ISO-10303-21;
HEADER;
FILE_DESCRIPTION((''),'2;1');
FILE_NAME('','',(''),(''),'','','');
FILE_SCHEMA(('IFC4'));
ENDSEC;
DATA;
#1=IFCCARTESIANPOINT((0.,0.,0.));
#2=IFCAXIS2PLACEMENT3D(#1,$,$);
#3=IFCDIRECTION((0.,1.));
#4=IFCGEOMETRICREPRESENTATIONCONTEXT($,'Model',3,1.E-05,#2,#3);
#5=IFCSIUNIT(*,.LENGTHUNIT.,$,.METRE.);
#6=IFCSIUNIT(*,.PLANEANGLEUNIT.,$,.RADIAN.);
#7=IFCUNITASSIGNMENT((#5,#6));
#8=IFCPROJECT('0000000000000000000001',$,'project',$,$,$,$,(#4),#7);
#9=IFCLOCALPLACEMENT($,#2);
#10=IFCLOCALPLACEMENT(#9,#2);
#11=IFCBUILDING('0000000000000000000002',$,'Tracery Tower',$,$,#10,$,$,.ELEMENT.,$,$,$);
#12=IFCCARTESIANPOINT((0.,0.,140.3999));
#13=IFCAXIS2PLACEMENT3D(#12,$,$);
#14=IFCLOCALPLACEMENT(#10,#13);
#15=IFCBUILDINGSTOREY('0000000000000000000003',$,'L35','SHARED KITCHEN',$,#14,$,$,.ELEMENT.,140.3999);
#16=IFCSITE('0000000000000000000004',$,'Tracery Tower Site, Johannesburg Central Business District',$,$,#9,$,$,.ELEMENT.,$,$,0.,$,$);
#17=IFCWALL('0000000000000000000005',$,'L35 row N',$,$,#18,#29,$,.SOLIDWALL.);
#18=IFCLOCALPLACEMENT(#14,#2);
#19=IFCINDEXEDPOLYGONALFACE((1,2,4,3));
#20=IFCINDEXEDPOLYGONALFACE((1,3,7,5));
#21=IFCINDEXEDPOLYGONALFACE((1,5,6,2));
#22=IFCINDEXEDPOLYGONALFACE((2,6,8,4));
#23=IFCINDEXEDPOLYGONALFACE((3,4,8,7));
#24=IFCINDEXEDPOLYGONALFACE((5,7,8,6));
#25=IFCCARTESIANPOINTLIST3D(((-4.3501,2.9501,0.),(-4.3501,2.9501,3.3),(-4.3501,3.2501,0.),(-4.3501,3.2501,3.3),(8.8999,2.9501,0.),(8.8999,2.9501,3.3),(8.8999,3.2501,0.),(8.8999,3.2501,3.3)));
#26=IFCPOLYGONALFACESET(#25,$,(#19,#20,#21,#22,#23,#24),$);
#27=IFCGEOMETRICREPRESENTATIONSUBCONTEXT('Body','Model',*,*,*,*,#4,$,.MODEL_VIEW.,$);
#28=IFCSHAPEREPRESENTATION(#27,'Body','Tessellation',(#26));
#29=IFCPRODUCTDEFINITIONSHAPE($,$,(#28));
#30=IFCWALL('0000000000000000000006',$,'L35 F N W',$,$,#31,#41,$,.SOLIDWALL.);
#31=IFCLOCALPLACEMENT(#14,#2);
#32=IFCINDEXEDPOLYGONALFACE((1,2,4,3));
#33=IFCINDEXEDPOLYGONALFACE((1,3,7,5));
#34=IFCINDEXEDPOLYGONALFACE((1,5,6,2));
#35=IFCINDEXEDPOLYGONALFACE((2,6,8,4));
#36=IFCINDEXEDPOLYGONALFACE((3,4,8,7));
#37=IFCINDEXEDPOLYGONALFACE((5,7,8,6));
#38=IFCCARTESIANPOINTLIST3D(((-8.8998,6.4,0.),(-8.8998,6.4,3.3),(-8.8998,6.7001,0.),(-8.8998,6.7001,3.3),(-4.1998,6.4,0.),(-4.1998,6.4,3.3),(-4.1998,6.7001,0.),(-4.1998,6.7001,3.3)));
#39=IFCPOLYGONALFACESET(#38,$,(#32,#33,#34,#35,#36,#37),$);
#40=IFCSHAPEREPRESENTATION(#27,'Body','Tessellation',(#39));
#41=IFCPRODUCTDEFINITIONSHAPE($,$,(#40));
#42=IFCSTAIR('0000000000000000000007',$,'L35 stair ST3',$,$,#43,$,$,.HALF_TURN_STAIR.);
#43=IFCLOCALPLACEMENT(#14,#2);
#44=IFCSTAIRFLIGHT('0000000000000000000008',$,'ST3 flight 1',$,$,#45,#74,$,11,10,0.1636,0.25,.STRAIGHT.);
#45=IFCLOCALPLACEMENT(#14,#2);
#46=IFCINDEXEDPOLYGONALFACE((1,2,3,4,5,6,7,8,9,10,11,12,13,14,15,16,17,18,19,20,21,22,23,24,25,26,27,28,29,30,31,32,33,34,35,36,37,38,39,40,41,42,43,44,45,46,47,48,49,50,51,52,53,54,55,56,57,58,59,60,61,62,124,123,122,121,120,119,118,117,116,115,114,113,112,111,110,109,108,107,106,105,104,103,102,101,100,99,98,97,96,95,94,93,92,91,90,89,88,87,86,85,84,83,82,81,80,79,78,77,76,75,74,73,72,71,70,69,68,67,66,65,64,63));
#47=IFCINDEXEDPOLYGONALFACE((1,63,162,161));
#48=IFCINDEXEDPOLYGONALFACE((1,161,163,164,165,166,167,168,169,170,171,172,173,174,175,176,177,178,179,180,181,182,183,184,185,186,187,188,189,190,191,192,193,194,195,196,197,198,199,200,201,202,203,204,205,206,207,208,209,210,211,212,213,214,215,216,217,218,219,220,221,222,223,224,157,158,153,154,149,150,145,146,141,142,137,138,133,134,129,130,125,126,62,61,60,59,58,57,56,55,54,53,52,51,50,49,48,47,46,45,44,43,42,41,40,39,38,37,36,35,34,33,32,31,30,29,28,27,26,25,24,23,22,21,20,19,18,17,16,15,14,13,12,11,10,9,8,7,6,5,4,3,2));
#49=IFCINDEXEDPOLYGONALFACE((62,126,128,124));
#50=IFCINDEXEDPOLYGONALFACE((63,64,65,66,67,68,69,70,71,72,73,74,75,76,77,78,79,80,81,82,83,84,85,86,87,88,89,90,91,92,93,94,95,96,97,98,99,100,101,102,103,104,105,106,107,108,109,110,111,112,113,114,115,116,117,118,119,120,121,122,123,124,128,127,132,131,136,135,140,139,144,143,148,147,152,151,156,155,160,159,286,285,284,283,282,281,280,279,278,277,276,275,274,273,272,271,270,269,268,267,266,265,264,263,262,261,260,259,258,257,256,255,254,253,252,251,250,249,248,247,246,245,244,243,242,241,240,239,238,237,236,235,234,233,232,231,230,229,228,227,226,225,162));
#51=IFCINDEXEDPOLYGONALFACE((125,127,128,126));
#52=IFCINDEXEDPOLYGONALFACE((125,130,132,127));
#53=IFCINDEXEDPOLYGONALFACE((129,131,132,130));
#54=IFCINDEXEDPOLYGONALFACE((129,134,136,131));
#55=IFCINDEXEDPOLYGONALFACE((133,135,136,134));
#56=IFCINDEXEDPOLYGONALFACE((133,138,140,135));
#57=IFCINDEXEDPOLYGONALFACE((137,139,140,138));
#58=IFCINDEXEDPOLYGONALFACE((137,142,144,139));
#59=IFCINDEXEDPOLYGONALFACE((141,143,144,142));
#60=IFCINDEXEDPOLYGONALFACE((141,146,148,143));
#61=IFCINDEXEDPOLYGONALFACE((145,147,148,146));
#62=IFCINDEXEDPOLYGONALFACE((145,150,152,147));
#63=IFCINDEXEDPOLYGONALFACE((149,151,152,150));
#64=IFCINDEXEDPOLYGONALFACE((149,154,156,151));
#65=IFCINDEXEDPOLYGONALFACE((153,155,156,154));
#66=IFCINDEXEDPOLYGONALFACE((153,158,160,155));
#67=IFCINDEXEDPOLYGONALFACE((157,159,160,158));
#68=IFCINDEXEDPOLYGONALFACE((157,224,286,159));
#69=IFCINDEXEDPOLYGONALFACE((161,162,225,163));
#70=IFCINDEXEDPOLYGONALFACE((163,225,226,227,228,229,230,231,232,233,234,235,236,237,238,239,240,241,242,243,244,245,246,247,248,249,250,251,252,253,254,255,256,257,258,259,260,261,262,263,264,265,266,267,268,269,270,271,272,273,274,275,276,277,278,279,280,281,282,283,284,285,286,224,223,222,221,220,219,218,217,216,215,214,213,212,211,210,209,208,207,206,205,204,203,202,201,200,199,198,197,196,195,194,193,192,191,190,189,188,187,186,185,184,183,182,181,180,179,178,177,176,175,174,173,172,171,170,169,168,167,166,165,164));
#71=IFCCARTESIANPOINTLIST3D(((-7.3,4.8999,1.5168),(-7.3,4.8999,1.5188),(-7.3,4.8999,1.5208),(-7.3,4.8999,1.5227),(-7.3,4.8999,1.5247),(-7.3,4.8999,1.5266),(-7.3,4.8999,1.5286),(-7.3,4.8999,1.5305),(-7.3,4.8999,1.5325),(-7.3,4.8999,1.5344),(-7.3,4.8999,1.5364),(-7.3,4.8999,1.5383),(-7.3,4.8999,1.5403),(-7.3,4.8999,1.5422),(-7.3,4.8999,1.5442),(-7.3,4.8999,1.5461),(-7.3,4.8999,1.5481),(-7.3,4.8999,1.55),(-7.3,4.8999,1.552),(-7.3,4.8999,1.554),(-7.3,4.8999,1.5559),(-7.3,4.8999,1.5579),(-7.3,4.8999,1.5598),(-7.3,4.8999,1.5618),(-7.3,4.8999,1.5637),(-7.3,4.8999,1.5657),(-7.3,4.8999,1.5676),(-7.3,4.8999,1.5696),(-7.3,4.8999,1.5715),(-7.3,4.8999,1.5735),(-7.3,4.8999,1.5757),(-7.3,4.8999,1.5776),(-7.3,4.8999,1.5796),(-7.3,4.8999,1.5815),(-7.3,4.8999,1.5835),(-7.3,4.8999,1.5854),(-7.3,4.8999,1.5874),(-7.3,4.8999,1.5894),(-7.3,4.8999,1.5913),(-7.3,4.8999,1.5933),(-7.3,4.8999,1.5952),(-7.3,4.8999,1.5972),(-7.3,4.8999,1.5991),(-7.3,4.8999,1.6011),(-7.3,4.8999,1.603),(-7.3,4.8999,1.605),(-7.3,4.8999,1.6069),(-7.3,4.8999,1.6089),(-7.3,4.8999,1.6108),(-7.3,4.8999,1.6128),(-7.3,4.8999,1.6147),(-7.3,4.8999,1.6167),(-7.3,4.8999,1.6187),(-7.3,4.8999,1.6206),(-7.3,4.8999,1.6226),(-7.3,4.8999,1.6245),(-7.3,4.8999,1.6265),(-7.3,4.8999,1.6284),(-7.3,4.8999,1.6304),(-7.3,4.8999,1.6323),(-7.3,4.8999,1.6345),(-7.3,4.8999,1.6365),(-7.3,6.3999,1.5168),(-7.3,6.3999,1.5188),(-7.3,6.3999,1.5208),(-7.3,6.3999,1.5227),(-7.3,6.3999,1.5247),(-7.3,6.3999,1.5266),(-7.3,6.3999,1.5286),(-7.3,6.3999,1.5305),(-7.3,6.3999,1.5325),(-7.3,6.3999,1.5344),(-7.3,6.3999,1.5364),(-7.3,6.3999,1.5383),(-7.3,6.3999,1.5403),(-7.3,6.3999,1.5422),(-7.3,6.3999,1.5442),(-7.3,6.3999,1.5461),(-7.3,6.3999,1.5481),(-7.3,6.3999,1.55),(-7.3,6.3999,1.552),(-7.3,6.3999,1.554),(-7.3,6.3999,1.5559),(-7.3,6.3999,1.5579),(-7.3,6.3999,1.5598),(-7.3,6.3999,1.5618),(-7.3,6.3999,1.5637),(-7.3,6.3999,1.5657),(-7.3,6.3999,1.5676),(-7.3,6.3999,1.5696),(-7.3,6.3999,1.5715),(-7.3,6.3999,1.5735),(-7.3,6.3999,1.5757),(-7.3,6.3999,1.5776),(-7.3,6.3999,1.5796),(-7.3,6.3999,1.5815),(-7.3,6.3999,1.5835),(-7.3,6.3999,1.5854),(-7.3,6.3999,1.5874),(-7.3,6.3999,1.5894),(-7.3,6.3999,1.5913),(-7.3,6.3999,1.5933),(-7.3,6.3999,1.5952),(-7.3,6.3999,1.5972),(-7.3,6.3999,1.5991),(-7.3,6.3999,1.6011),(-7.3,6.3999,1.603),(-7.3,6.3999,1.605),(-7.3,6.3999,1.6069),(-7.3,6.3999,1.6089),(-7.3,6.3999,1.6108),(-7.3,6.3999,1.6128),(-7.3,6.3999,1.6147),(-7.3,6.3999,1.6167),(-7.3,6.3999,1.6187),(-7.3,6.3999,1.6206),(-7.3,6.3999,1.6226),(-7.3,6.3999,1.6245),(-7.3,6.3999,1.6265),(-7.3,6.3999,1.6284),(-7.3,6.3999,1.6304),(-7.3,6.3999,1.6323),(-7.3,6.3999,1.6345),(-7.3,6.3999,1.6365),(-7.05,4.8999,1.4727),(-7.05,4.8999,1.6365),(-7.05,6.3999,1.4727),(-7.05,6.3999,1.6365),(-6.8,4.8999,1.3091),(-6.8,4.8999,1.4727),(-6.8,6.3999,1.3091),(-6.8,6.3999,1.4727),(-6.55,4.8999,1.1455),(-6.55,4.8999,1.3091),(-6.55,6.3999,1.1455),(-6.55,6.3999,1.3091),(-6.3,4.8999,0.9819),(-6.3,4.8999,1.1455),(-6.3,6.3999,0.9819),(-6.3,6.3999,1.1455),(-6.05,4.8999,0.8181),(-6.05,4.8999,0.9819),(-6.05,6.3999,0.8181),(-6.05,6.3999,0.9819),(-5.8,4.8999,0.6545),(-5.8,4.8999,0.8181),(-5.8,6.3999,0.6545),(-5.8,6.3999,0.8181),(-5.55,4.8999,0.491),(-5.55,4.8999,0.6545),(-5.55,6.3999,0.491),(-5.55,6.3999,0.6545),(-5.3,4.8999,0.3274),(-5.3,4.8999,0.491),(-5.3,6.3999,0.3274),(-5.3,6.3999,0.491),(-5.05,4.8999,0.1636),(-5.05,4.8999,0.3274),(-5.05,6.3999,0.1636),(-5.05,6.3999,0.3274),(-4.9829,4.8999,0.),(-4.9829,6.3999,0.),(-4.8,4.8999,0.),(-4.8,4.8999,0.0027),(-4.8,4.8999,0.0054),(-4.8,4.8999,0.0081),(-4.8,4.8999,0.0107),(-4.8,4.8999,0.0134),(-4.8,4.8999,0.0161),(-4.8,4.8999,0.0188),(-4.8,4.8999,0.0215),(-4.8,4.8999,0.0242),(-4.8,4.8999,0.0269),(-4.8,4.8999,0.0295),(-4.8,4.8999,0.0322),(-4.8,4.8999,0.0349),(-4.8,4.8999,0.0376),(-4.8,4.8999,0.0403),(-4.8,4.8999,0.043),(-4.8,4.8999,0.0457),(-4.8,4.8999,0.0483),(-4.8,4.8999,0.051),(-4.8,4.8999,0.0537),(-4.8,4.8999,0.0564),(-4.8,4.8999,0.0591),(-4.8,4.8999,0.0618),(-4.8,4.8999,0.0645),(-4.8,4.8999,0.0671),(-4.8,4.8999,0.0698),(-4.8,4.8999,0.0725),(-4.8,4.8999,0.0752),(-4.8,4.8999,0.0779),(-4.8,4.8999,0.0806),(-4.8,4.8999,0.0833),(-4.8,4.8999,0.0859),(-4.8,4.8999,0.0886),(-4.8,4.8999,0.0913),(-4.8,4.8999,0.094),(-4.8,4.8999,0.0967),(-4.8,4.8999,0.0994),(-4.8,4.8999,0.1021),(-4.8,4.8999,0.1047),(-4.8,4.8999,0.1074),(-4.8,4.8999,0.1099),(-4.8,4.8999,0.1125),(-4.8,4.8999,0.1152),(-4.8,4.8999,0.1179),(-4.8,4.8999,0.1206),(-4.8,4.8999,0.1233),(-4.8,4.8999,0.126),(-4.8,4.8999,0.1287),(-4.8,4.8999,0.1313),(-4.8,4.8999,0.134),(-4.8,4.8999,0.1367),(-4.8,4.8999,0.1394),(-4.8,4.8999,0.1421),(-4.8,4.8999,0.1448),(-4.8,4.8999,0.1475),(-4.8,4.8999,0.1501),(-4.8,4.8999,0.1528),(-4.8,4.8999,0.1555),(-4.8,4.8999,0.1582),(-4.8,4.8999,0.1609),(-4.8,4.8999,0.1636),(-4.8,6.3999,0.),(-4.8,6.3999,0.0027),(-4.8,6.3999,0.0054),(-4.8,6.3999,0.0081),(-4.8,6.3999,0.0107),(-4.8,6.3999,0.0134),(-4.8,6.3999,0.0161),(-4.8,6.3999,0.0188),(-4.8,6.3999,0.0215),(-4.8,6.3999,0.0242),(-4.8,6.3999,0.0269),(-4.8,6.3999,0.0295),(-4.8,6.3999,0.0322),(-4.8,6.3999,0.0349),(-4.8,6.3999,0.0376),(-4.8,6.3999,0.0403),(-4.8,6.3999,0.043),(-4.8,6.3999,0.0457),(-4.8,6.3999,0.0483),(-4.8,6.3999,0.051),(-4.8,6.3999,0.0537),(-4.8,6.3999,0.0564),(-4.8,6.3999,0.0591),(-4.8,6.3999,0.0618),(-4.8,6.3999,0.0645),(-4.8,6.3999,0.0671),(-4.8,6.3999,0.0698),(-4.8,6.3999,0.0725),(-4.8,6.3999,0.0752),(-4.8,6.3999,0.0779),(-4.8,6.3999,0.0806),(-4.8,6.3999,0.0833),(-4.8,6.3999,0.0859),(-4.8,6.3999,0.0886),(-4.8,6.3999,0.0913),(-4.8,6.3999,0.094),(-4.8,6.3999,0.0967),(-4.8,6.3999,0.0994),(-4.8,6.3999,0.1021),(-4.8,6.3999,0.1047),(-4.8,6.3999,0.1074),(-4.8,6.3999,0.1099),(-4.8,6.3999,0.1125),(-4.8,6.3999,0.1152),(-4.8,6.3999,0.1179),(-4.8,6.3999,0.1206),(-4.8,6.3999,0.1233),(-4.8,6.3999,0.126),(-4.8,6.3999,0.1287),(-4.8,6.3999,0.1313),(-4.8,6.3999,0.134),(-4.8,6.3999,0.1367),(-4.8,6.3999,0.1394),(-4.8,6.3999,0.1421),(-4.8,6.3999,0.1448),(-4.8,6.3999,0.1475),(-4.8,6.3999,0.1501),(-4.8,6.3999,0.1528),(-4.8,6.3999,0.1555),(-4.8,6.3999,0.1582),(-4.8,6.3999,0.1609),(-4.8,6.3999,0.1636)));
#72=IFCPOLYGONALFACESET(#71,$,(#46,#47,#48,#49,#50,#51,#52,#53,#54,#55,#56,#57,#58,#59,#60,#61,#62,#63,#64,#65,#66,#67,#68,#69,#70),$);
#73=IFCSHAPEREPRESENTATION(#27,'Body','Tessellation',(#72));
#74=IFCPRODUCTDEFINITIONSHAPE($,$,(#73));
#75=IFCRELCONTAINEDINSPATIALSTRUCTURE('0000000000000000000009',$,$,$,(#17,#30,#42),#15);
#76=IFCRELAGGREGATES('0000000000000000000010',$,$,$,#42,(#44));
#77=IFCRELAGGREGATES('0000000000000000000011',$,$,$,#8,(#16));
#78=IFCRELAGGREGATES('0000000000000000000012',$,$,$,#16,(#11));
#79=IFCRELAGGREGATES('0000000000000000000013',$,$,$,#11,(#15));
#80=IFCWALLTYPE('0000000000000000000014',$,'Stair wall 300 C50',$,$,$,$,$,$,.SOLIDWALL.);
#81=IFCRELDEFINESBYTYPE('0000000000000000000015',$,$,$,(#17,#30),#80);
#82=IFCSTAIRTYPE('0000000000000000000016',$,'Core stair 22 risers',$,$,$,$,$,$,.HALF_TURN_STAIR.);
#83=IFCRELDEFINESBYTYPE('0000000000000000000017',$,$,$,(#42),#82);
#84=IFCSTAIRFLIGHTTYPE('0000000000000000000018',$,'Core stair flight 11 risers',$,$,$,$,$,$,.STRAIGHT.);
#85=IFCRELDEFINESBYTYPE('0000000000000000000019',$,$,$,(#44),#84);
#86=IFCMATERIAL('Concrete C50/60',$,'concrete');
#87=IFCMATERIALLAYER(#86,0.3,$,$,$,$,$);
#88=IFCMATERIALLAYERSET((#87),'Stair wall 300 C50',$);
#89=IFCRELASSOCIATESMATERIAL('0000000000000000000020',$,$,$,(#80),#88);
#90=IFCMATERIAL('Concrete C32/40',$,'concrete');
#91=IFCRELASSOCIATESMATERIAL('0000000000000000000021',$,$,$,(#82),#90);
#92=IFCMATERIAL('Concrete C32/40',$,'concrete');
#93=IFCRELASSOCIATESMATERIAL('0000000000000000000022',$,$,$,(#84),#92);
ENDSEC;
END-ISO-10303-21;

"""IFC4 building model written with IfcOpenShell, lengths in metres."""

from ifc_helpers import new_model, si_unit, direction, frame, frame_2d, origin, place, context, subcontext, project, spatial, polyline, rectangle, outline, extrude, material, layer, layer_set, type_object, element, aggregate, save


model = new_model("IFC4")

# Units and contexts
model_context = context("Model", 3, precision=1e-05, world=origin(), true_north=direction((0.0, 1.0)))
body_context = subcontext(model_context, "Body", "Model", "MODEL_VIEW")
ifc_project = project(units=[si_unit("LENGTHUNIT", "METRE"), si_unit("PLANEANGLEUNIT", "RADIAN")], contexts=[model_context])

# Site, building, storey
site_placement = place(None, origin())
site = spatial("IfcSite", under=ifc_project, at=site_placement, Name="Tracery Tower Site, Johannesburg Central Business District", CompositionType="ELEMENT", RefElevation=0.0)
building_placement = place(site_placement, origin())
building = spatial("IfcBuilding", under=site, at=building_placement, Name="Tracery Tower", CompositionType="ELEMENT")
storey_placement = place(building_placement, frame((0.0, 0.0, 140.3999)))
storey = spatial("IfcBuildingStorey", under=building, at=storey_placement, Name="L35", Description="SHARED KITCHEN", CompositionType="ELEMENT", Elevation=140.3999)

# Walls
ifc_material_1 = material(Name="Concrete C50/60", Category="concrete")
ifc_layer_1 = layer(ifc_material_1, 0.3)
ifc_layer_set_1 = layer_set([ifc_layer_1], Name="Stair wall 300 C50")
wall_type_1 = type_object("IfcWallType", Name="Stair wall 300 C50", PredefinedType="SOLIDWALL", material=ifc_layer_set_1)
wall_1_placement = place(storey_placement, frame((-4.3501, 3.1001, 0.0), z_axis=(0.0, 0.0, 1.0), x_axis=(1.0, 0.0, 0.0)))
element("IfcWall", 1, at=wall_1_placement, inside=storey, type_object=wall_type_1, Name="L35 row N", PredefinedType="SOLIDWALL", context=body_context, shape_type="SweptSolid", body=[
    extrude(rectangle(XDim=13.25, YDim=0.3, at=frame_2d((6.625, 0.0))), origin(), (0.0, 0.0, 1.0), 3.3),
])
wall_2_placement = place(storey_placement, frame((-8.8999, 6.55, 0.0), z_axis=(0.0, 0.0, 1.0), x_axis=(1.0, 0.0, 0.0)))
element("IfcWall", 2, at=wall_2_placement, inside=storey, type_object=wall_type_1, Name="L35 F N W", PredefinedType="SOLIDWALL", context=body_context, shape_type="SweptSolid", body=[
    extrude(rectangle(XDim=4.7, YDim=0.3, at=frame_2d((2.3501, 0.0))), origin(), (0.0, 0.0, 1.0), 3.3),
])

# Stair, stair flight
ifc_material_2 = material(Name="Concrete C32/40", Category="concrete")
stair_type = type_object("IfcStairType", Name="Core stair 22 risers", PredefinedType="HALF_TURN_STAIR", material=ifc_material_2)
stair_placement = place(storey_placement, origin())
stair = element("IfcStair", 3, at=stair_placement, inside=storey, type_object=stair_type, Name="L35 stair ST3", PredefinedType="HALF_TURN_STAIR")
ifc_material_3 = material(Name="Concrete C32/40", Category="concrete")
stair_flight_type = type_object("IfcStairFlightType", Name="Core stair flight 11 risers", PredefinedType="STRAIGHT", material=ifc_material_3)
stair_flight_1_placement = place(storey_placement, frame((-4.8, 5.6499, 0.0), z_axis=(0.0, 0.0, 1.0), x_axis=(-1.0, 0.0, 0.0)))
stair_flight_1 = element("IfcStairFlight", 4, at=stair_flight_1_placement, type_object=stair_flight_type, Name="ST3 flight 1", NumberOfRisers=11, NumberOfTreads=10, PredefinedType="STRAIGHT", RiserHeight=0.1636, TreadLength=0.25, context=body_context, shape_type="SweptSolid", body=[
    extrude(outline(polyline([(0.0, 0.0), (0.0, 0.0027), (0.0, 0.0054), (0.0, 0.0081), (0.0, 0.0107), (0.0, 0.0134), (0.0, 0.0161), (0.0, 0.0188), (0.0, 0.0215), (0.0, 0.0242), (0.0, 0.0269), (0.0, 0.0295), (0.0, 0.0322), (0.0, 0.0349), (0.0, 0.0376), (0.0, 0.0403), (0.0, 0.043), (0.0, 0.0457), (0.0, 0.0483), (0.0, 0.051), (0.0, 0.0537), (0.0, 0.0564), (0.0, 0.0591), (0.0, 0.0618), (0.0, 0.0645), (0.0, 0.0671), (0.0, 0.0698), (0.0, 0.0725), (0.0, 0.0752), (0.0, 0.0779), (0.0, 0.0806), (0.0, 0.0833), (0.0, 0.0859), (0.0, 0.0886), (0.0, 0.0913), (0.0, 0.094), (0.0, 0.0967), (0.0, 0.0994), (0.0, 0.1021), (0.0, 0.1047), (0.0, 0.1074), (0.0, 0.1099), (0.0, 0.1125), (0.0, 0.1152), (0.0, 0.1179), (0.0, 0.1206), (0.0, 0.1233), (0.0, 0.126), (0.0, 0.1287), (0.0, 0.1313), (0.0, 0.134), (0.0, 0.1367), (0.0, 0.1394), (0.0, 0.1421), (0.0, 0.1448), (0.0, 0.1475), (0.0, 0.1501), (0.0, 0.1528), (0.0, 0.1555), (0.0, 0.1582), (0.0, 0.1609), (0.0, 0.1636), (0.25, 0.1636), (0.25, 0.3274), (0.5, 0.3274), (0.5, 0.491), (0.75, 0.491), (0.75, 0.6545), (1.0, 0.6545), (1.0, 0.8181), (1.25, 0.8181), (1.25, 0.9819), (1.5, 0.9819), (1.5, 1.1455), (1.75, 1.1455), (1.75, 1.3091), (2.0, 1.3091), (2.0, 1.4727), (2.25, 1.4727), (2.25, 1.6365), (2.5, 1.6365), (2.5, 1.6345), (2.5, 1.6323), (2.5, 1.6304), (2.5, 1.6284), (2.5, 1.6265), (2.5, 1.6245), (2.5, 1.6226), (2.5, 1.6206), (2.5, 1.6187), (2.5, 1.6167), (2.5, 1.6147), (2.5, 1.6128), (2.5, 1.6108), (2.5, 1.6089), (2.5, 1.6069), (2.5, 1.605), (2.5, 1.603), (2.5, 1.6011), (2.5, 1.5991), (2.5, 1.5972), (2.5, 1.5952), (2.5, 1.5933), (2.5, 1.5913), (2.5, 1.5894), (2.5, 1.5874), (2.5, 1.5854), (2.5, 1.5835), (2.5, 1.5815), (2.5, 1.5796), (2.5, 1.5776), (2.5, 1.5757), (2.5, 1.5735), (2.5, 1.5715), (2.5, 1.5696), (2.5, 1.5676), (2.5, 1.5657), (2.5, 1.5637), (2.5, 1.5618), (2.5, 1.5598), (2.5, 1.5579), (2.5, 1.5559), (2.5, 1.554), (2.5, 1.552), (2.5, 1.55), (2.5, 1.5481), (2.5, 1.5461), (2.5, 1.5442), (2.5, 1.5422), (2.5, 1.5403), (2.5, 1.5383), (2.5, 1.5364), (2.5, 1.5344), (2.5, 1.5325), (2.5, 1.5305), (2.5, 1.5286), (2.5, 1.5266), (2.5, 1.5247), (2.5, 1.5227), (2.5, 1.5208), (2.5, 1.5188), (2.5, 1.5168), (0.1829, 0.0), (0.0, 0.0)])), frame((0.0, 0.75, 0.0), z_axis=(0.0, -1.0, 0.0), x_axis=(1.0, 0.0, 0.0)), (0.0, 0.0, 1.0), 1.5),
])
aggregate(stair, [stair_flight_1])

save(model, "model.ifc")
